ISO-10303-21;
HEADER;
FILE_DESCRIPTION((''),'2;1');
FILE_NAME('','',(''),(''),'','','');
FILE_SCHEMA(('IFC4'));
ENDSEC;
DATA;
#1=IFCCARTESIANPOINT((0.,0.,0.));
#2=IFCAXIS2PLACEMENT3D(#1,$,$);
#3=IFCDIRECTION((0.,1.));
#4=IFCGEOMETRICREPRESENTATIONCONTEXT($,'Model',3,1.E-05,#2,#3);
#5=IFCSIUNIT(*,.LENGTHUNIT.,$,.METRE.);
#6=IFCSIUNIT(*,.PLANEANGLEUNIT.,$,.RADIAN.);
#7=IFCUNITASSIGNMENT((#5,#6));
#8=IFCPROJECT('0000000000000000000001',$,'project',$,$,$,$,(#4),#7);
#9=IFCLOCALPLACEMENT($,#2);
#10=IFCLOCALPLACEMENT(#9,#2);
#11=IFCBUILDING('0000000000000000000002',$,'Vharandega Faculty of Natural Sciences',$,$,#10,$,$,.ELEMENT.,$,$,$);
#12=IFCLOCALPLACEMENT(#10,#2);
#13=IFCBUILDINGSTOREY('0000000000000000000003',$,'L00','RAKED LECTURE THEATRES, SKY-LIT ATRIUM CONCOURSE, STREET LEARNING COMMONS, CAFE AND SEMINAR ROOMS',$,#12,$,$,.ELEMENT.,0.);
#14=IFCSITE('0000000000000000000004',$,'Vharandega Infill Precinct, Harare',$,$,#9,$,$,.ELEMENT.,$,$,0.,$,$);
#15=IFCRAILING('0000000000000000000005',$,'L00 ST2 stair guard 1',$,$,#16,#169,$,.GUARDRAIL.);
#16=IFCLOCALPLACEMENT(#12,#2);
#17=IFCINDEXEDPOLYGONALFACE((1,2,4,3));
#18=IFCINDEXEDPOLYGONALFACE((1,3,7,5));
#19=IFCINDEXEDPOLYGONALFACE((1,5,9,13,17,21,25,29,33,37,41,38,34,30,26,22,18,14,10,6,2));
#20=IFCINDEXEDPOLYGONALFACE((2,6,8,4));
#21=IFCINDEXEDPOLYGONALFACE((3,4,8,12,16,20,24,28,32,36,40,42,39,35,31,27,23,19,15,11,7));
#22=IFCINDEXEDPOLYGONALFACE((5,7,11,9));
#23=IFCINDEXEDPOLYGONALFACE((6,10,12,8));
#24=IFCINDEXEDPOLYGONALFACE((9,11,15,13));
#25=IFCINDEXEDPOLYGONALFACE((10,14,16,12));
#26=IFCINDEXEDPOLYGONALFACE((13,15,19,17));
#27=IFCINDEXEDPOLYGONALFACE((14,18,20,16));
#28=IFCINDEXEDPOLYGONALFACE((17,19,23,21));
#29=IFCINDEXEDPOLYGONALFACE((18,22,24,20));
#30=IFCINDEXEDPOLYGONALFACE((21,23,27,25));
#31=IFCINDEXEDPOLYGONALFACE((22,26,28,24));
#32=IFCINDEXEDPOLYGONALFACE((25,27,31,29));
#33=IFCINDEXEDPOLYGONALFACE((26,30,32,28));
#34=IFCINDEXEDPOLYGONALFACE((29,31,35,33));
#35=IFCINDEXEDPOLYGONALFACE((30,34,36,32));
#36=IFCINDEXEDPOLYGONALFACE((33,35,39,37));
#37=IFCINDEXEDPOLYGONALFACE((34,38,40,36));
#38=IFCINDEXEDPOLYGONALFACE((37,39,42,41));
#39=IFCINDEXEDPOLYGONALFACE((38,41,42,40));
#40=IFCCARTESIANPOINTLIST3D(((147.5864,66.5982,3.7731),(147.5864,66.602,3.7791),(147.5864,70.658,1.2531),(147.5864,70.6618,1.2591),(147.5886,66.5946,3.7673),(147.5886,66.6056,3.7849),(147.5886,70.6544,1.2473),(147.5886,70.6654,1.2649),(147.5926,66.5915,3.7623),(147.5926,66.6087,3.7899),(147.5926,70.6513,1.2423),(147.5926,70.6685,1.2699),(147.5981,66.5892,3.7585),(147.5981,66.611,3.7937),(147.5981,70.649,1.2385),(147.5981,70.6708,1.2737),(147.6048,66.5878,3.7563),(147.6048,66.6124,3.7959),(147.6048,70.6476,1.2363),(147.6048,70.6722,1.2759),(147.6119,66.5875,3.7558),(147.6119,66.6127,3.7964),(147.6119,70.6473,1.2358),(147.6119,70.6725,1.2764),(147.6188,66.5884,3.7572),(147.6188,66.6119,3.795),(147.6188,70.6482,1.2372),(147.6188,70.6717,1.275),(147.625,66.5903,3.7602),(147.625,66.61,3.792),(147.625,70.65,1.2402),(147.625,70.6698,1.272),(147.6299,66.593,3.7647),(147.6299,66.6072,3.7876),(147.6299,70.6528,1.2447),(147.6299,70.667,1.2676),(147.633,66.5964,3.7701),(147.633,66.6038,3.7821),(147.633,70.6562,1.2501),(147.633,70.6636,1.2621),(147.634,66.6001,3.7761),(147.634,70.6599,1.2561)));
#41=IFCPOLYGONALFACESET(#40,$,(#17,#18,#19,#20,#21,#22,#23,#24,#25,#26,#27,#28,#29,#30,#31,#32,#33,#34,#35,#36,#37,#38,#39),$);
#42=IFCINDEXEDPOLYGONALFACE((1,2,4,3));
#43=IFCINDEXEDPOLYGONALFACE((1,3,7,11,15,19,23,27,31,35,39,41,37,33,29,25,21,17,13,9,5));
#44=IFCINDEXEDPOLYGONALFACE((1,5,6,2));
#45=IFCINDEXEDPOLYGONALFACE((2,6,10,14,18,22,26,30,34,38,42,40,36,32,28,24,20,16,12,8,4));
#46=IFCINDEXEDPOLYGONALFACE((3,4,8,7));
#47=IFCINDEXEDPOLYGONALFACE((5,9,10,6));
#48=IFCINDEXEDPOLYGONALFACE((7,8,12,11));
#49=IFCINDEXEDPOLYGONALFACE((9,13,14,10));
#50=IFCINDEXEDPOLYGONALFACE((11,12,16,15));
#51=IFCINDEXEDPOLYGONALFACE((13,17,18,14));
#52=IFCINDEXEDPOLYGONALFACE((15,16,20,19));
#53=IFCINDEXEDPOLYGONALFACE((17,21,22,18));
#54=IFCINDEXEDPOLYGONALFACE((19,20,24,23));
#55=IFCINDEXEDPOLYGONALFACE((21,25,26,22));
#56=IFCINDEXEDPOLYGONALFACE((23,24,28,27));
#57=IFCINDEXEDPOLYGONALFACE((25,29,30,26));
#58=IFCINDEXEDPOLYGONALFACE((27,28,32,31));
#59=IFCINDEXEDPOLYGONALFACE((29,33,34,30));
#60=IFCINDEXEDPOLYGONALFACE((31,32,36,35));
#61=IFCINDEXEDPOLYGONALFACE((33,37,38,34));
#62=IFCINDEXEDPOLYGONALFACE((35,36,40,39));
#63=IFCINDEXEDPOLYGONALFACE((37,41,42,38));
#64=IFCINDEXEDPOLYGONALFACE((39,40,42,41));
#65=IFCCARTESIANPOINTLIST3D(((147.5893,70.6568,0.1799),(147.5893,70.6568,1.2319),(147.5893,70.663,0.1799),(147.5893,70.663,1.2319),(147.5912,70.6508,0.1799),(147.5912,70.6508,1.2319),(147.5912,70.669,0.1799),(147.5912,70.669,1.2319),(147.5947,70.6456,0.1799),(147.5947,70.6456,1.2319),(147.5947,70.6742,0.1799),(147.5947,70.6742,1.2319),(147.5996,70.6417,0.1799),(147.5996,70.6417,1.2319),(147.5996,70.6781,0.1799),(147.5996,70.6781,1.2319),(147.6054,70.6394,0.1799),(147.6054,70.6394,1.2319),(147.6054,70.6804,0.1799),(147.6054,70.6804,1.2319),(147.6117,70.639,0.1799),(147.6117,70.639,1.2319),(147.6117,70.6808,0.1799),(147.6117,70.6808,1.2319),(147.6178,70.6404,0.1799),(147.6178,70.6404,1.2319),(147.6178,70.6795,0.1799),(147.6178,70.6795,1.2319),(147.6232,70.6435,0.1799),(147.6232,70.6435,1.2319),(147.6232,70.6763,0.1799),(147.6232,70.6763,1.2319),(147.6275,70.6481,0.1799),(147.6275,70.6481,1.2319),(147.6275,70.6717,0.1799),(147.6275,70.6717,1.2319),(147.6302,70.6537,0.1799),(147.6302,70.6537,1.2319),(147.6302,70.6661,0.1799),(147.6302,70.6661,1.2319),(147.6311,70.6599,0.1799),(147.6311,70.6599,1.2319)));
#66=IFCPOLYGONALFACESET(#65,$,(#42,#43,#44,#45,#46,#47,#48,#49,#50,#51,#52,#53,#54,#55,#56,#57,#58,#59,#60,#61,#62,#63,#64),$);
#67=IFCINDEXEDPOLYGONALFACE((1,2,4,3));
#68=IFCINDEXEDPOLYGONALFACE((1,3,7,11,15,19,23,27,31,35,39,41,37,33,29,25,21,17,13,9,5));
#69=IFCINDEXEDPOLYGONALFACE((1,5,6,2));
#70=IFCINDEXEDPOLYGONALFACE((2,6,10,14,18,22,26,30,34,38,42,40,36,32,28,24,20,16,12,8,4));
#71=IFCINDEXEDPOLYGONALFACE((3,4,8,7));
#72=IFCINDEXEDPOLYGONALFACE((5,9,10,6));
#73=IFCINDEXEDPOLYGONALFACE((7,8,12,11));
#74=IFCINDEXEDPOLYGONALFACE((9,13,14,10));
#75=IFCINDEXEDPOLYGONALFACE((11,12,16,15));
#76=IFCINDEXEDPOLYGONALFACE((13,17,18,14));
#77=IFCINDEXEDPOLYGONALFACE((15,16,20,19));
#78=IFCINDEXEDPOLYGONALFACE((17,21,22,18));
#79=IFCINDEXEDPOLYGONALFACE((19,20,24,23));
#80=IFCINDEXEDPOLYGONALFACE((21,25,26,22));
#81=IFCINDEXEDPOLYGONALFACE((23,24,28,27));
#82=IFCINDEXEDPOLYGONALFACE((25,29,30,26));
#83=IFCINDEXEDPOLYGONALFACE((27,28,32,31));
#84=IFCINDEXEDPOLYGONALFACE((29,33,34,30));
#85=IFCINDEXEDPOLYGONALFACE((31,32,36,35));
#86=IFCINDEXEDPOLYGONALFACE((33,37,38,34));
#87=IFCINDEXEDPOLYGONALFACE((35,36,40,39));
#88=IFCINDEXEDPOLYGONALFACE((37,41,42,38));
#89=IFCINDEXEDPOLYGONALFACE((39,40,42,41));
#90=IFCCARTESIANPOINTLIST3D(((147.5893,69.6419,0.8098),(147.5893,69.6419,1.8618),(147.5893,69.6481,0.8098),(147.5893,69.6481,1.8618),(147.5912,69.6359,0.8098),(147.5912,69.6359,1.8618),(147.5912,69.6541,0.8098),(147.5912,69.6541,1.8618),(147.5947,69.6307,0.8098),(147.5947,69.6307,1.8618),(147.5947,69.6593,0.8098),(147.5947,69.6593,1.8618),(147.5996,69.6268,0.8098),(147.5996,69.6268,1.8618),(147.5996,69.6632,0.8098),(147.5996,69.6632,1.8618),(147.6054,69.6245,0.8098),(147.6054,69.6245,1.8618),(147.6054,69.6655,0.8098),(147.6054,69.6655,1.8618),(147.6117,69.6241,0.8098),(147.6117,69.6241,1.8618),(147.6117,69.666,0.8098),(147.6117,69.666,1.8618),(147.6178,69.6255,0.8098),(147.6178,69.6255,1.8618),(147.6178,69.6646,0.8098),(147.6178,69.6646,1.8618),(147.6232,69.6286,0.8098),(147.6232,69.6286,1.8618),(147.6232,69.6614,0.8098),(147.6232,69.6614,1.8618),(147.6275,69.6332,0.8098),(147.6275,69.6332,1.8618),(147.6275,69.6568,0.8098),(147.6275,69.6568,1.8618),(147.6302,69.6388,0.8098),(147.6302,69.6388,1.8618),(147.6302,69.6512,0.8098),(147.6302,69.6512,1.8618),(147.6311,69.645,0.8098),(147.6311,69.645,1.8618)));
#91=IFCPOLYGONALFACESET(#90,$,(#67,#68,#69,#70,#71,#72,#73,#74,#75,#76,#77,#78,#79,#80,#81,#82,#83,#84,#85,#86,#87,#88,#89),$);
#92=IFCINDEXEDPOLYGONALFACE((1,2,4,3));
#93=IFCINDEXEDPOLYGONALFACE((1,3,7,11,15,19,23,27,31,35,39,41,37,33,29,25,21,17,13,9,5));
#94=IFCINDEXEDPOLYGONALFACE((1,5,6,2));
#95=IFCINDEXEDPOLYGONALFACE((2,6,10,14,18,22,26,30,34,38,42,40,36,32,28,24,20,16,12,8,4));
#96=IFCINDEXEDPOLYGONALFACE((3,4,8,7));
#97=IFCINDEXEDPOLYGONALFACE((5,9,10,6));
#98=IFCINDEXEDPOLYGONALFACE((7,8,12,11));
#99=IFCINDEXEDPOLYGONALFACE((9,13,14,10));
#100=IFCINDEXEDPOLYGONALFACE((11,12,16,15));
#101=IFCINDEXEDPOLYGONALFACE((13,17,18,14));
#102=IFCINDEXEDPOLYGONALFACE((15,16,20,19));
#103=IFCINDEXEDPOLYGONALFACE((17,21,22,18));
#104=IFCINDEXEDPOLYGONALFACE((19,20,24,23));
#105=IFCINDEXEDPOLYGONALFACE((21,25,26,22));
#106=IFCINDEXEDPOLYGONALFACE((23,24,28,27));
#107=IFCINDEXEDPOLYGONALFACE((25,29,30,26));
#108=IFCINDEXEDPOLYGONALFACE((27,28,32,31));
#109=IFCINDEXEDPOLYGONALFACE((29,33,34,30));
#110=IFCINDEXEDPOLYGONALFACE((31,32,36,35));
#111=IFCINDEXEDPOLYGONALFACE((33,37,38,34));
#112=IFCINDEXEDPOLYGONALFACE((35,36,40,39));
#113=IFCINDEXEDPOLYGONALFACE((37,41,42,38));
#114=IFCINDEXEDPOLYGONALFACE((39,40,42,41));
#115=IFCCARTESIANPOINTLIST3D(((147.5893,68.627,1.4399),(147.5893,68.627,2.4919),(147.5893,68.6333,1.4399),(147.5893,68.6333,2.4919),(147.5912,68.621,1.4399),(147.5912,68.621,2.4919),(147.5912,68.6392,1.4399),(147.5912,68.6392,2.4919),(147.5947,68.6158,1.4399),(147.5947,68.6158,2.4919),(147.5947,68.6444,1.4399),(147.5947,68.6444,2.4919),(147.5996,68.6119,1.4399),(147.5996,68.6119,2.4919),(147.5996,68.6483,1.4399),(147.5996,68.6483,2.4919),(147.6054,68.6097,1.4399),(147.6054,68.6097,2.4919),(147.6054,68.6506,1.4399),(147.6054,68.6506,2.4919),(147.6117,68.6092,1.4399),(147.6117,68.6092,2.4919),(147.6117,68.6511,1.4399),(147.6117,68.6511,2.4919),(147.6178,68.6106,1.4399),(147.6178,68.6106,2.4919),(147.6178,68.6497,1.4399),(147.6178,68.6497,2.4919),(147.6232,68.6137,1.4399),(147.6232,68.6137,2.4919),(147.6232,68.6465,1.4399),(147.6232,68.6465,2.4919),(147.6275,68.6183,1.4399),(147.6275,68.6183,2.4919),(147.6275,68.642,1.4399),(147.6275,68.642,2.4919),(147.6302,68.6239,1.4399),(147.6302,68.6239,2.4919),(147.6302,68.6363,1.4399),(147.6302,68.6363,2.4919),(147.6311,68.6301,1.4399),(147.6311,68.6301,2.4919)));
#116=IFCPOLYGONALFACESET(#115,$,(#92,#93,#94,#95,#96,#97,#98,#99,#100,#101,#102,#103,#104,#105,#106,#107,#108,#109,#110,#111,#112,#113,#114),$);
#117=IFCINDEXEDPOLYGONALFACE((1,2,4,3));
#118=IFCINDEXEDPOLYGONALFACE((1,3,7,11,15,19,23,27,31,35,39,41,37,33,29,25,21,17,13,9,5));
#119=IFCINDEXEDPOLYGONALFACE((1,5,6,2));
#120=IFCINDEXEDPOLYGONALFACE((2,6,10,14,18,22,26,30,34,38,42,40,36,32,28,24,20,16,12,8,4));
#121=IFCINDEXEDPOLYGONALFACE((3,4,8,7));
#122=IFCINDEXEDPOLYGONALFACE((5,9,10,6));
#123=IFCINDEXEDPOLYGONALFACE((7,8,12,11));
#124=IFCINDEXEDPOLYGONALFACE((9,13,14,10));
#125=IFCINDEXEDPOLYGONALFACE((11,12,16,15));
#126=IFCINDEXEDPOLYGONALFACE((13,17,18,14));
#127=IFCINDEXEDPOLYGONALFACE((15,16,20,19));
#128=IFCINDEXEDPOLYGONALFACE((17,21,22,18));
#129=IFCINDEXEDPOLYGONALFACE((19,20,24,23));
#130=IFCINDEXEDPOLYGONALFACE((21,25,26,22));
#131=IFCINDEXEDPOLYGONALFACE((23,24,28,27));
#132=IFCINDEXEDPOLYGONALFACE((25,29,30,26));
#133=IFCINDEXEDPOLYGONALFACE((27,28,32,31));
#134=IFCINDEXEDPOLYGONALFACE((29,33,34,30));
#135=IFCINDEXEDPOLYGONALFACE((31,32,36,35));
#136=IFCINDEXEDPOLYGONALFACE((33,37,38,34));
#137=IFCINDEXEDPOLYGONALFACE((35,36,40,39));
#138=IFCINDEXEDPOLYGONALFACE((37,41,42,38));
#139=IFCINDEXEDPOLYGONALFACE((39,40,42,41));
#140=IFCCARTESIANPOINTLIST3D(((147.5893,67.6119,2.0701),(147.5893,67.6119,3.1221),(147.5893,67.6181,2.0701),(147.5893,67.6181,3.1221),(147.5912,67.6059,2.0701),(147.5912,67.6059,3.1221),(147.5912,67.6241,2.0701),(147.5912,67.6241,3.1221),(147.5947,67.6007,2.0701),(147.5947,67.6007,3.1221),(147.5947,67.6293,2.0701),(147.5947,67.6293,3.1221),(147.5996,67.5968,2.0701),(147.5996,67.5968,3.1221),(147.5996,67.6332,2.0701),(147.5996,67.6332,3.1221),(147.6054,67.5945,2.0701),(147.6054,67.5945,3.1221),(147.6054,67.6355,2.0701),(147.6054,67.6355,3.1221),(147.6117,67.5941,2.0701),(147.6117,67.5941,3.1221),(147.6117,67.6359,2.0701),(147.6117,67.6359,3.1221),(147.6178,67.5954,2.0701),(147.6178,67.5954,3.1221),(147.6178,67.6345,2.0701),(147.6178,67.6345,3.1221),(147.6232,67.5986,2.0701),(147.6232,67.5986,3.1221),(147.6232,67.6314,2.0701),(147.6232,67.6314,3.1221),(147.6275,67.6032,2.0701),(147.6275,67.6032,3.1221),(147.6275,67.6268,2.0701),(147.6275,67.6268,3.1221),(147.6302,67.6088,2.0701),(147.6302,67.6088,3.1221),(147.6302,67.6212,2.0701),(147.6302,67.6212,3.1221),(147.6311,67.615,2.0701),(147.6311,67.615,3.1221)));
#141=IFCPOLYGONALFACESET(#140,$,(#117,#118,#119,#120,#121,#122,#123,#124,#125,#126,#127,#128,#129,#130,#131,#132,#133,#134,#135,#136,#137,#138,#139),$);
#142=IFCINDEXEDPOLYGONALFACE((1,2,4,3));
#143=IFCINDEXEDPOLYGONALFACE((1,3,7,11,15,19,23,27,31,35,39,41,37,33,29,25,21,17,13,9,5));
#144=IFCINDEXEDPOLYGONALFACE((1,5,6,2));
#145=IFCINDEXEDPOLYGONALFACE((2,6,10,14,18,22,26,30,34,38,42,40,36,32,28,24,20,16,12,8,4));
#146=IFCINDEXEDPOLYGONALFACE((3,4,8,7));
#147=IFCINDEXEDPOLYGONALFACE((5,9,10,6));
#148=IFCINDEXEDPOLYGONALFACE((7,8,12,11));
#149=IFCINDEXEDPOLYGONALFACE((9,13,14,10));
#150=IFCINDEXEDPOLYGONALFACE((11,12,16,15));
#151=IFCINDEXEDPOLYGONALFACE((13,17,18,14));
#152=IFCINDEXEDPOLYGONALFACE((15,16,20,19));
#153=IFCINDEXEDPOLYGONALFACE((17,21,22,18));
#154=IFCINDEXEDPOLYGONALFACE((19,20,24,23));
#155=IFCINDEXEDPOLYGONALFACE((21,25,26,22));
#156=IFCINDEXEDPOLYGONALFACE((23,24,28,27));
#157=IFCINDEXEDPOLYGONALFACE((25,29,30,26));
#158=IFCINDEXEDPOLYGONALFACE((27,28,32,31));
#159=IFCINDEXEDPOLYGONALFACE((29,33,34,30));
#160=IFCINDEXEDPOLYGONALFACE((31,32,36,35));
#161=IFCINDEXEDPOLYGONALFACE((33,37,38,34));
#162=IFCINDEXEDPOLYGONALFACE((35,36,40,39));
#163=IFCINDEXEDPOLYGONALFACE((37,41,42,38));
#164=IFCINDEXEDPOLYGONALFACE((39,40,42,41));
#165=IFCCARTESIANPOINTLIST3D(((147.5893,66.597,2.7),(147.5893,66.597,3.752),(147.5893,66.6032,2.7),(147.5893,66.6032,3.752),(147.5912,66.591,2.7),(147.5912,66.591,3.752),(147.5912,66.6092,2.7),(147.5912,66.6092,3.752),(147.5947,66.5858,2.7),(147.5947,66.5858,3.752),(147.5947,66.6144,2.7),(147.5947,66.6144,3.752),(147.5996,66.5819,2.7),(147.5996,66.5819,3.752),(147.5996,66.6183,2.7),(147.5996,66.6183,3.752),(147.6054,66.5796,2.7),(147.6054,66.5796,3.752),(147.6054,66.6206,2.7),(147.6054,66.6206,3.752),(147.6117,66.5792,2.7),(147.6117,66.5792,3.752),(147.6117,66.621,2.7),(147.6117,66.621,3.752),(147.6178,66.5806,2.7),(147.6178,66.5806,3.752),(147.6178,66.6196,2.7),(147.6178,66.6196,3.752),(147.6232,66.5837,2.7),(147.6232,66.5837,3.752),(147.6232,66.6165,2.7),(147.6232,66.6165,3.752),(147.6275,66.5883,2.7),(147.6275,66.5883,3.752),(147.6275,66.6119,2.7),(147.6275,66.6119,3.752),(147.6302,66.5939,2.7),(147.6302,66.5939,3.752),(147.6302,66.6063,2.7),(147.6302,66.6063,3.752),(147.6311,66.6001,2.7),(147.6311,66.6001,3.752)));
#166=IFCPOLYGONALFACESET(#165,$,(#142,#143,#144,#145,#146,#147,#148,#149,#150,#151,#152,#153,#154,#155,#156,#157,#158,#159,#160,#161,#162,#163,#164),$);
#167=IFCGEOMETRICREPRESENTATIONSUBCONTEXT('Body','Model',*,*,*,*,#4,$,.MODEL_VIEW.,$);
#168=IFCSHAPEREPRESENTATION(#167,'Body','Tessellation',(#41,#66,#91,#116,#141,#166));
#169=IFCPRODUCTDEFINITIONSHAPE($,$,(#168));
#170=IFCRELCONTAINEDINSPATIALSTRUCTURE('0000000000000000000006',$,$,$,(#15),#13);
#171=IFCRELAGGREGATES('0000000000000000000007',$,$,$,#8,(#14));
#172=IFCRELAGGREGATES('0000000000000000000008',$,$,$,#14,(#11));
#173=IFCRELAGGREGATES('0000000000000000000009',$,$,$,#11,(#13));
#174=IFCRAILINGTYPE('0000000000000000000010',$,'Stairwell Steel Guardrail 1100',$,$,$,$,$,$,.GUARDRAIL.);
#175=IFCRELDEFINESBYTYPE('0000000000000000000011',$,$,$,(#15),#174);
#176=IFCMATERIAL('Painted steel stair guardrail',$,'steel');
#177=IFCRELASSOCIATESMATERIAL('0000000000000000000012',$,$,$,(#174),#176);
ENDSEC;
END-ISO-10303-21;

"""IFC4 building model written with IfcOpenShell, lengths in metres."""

from ifc_helpers import new_model, si_unit, direction, frame, origin, origin_2d, place, context, subcontext, project, spatial, circle, extrude, material, type_object, element, save


model = new_model("IFC4")

# Units and contexts
model_context = context("Model", 3, precision=1e-05, world=origin(), true_north=direction((0.0, 1.0)))
body_context = subcontext(model_context, "Body", "Model", "MODEL_VIEW")
ifc_project = project(units=[si_unit("LENGTHUNIT", "METRE"), si_unit("PLANEANGLEUNIT", "RADIAN")], contexts=[model_context])

# Site, building, storey
site_placement = place(None, origin())
site = spatial("IfcSite", under=ifc_project, at=site_placement, Name="Vharandega Infill Precinct, Harare", CompositionType="ELEMENT", RefElevation=0.0)
building_placement = place(site_placement, origin())
building = spatial("IfcBuilding", under=site, at=building_placement, Name="Vharandega Faculty of Natural Sciences", CompositionType="ELEMENT")
storey_placement = place(building_placement, origin())
storey = spatial("IfcBuildingStorey", under=building, at=storey_placement, Name="L00", Description="RAKED LECTURE THEATRES, SKY-LIT ATRIUM CONCOURSE, STREET LEARNING COMMONS, CAFE AND SEMINAR ROOMS", CompositionType="ELEMENT", Elevation=0.0)

# Railing
ifc_material_1 = material(Name="Painted steel stair guardrail", Category="steel")
railing_type_1 = type_object("IfcRailingType", Name="Stairwell Steel Guardrail 1100", PredefinedType="GUARDRAIL", material=ifc_material_1)
railing_1_placement = place(storey_placement, frame((147.6101, 70.6599, 0.1799)))
element("IfcRailing", 1, at=railing_1_placement, inside=storey, type_object=railing_type_1, Name="L00 ST2 stair guard 1", PredefinedType="GUARDRAIL", context=body_context, shape_type="SweptSolid", body=[
    extrude(circle(Radius=0.0239, at=origin_2d()), frame((0.0, 0.0, 1.0762), z_axis=(0.0, -0.849628, 0.527383), x_axis=(1.0, 0.0, 0.0)), (0.0, 0.0, 1.0), 4.7783),
    extrude(circle(Radius=0.021, at=origin_2d()), origin(), (0.0, 0.0, 1.0), 1.052),
    extrude(circle(Radius=0.021, at=origin_2d()), frame((0.0, -1.0149, 0.6299)), (0.0, 0.0, 1.0), 1.052),
    extrude(circle(Radius=0.021, at=origin_2d()), frame((0.0, -2.0298, 1.26)), (0.0, 0.0, 1.0), 1.052),
    extrude(circle(Radius=0.021, at=origin_2d()), frame((0.0, -3.0449, 1.8901)), (0.0, 0.0, 1.0), 1.052),
    extrude(circle(Radius=0.021, at=origin_2d()), frame((0.0, -4.0598, 2.52)), (0.0, 0.0, 1.0), 1.052),
])

save(model, "model.ifc")
